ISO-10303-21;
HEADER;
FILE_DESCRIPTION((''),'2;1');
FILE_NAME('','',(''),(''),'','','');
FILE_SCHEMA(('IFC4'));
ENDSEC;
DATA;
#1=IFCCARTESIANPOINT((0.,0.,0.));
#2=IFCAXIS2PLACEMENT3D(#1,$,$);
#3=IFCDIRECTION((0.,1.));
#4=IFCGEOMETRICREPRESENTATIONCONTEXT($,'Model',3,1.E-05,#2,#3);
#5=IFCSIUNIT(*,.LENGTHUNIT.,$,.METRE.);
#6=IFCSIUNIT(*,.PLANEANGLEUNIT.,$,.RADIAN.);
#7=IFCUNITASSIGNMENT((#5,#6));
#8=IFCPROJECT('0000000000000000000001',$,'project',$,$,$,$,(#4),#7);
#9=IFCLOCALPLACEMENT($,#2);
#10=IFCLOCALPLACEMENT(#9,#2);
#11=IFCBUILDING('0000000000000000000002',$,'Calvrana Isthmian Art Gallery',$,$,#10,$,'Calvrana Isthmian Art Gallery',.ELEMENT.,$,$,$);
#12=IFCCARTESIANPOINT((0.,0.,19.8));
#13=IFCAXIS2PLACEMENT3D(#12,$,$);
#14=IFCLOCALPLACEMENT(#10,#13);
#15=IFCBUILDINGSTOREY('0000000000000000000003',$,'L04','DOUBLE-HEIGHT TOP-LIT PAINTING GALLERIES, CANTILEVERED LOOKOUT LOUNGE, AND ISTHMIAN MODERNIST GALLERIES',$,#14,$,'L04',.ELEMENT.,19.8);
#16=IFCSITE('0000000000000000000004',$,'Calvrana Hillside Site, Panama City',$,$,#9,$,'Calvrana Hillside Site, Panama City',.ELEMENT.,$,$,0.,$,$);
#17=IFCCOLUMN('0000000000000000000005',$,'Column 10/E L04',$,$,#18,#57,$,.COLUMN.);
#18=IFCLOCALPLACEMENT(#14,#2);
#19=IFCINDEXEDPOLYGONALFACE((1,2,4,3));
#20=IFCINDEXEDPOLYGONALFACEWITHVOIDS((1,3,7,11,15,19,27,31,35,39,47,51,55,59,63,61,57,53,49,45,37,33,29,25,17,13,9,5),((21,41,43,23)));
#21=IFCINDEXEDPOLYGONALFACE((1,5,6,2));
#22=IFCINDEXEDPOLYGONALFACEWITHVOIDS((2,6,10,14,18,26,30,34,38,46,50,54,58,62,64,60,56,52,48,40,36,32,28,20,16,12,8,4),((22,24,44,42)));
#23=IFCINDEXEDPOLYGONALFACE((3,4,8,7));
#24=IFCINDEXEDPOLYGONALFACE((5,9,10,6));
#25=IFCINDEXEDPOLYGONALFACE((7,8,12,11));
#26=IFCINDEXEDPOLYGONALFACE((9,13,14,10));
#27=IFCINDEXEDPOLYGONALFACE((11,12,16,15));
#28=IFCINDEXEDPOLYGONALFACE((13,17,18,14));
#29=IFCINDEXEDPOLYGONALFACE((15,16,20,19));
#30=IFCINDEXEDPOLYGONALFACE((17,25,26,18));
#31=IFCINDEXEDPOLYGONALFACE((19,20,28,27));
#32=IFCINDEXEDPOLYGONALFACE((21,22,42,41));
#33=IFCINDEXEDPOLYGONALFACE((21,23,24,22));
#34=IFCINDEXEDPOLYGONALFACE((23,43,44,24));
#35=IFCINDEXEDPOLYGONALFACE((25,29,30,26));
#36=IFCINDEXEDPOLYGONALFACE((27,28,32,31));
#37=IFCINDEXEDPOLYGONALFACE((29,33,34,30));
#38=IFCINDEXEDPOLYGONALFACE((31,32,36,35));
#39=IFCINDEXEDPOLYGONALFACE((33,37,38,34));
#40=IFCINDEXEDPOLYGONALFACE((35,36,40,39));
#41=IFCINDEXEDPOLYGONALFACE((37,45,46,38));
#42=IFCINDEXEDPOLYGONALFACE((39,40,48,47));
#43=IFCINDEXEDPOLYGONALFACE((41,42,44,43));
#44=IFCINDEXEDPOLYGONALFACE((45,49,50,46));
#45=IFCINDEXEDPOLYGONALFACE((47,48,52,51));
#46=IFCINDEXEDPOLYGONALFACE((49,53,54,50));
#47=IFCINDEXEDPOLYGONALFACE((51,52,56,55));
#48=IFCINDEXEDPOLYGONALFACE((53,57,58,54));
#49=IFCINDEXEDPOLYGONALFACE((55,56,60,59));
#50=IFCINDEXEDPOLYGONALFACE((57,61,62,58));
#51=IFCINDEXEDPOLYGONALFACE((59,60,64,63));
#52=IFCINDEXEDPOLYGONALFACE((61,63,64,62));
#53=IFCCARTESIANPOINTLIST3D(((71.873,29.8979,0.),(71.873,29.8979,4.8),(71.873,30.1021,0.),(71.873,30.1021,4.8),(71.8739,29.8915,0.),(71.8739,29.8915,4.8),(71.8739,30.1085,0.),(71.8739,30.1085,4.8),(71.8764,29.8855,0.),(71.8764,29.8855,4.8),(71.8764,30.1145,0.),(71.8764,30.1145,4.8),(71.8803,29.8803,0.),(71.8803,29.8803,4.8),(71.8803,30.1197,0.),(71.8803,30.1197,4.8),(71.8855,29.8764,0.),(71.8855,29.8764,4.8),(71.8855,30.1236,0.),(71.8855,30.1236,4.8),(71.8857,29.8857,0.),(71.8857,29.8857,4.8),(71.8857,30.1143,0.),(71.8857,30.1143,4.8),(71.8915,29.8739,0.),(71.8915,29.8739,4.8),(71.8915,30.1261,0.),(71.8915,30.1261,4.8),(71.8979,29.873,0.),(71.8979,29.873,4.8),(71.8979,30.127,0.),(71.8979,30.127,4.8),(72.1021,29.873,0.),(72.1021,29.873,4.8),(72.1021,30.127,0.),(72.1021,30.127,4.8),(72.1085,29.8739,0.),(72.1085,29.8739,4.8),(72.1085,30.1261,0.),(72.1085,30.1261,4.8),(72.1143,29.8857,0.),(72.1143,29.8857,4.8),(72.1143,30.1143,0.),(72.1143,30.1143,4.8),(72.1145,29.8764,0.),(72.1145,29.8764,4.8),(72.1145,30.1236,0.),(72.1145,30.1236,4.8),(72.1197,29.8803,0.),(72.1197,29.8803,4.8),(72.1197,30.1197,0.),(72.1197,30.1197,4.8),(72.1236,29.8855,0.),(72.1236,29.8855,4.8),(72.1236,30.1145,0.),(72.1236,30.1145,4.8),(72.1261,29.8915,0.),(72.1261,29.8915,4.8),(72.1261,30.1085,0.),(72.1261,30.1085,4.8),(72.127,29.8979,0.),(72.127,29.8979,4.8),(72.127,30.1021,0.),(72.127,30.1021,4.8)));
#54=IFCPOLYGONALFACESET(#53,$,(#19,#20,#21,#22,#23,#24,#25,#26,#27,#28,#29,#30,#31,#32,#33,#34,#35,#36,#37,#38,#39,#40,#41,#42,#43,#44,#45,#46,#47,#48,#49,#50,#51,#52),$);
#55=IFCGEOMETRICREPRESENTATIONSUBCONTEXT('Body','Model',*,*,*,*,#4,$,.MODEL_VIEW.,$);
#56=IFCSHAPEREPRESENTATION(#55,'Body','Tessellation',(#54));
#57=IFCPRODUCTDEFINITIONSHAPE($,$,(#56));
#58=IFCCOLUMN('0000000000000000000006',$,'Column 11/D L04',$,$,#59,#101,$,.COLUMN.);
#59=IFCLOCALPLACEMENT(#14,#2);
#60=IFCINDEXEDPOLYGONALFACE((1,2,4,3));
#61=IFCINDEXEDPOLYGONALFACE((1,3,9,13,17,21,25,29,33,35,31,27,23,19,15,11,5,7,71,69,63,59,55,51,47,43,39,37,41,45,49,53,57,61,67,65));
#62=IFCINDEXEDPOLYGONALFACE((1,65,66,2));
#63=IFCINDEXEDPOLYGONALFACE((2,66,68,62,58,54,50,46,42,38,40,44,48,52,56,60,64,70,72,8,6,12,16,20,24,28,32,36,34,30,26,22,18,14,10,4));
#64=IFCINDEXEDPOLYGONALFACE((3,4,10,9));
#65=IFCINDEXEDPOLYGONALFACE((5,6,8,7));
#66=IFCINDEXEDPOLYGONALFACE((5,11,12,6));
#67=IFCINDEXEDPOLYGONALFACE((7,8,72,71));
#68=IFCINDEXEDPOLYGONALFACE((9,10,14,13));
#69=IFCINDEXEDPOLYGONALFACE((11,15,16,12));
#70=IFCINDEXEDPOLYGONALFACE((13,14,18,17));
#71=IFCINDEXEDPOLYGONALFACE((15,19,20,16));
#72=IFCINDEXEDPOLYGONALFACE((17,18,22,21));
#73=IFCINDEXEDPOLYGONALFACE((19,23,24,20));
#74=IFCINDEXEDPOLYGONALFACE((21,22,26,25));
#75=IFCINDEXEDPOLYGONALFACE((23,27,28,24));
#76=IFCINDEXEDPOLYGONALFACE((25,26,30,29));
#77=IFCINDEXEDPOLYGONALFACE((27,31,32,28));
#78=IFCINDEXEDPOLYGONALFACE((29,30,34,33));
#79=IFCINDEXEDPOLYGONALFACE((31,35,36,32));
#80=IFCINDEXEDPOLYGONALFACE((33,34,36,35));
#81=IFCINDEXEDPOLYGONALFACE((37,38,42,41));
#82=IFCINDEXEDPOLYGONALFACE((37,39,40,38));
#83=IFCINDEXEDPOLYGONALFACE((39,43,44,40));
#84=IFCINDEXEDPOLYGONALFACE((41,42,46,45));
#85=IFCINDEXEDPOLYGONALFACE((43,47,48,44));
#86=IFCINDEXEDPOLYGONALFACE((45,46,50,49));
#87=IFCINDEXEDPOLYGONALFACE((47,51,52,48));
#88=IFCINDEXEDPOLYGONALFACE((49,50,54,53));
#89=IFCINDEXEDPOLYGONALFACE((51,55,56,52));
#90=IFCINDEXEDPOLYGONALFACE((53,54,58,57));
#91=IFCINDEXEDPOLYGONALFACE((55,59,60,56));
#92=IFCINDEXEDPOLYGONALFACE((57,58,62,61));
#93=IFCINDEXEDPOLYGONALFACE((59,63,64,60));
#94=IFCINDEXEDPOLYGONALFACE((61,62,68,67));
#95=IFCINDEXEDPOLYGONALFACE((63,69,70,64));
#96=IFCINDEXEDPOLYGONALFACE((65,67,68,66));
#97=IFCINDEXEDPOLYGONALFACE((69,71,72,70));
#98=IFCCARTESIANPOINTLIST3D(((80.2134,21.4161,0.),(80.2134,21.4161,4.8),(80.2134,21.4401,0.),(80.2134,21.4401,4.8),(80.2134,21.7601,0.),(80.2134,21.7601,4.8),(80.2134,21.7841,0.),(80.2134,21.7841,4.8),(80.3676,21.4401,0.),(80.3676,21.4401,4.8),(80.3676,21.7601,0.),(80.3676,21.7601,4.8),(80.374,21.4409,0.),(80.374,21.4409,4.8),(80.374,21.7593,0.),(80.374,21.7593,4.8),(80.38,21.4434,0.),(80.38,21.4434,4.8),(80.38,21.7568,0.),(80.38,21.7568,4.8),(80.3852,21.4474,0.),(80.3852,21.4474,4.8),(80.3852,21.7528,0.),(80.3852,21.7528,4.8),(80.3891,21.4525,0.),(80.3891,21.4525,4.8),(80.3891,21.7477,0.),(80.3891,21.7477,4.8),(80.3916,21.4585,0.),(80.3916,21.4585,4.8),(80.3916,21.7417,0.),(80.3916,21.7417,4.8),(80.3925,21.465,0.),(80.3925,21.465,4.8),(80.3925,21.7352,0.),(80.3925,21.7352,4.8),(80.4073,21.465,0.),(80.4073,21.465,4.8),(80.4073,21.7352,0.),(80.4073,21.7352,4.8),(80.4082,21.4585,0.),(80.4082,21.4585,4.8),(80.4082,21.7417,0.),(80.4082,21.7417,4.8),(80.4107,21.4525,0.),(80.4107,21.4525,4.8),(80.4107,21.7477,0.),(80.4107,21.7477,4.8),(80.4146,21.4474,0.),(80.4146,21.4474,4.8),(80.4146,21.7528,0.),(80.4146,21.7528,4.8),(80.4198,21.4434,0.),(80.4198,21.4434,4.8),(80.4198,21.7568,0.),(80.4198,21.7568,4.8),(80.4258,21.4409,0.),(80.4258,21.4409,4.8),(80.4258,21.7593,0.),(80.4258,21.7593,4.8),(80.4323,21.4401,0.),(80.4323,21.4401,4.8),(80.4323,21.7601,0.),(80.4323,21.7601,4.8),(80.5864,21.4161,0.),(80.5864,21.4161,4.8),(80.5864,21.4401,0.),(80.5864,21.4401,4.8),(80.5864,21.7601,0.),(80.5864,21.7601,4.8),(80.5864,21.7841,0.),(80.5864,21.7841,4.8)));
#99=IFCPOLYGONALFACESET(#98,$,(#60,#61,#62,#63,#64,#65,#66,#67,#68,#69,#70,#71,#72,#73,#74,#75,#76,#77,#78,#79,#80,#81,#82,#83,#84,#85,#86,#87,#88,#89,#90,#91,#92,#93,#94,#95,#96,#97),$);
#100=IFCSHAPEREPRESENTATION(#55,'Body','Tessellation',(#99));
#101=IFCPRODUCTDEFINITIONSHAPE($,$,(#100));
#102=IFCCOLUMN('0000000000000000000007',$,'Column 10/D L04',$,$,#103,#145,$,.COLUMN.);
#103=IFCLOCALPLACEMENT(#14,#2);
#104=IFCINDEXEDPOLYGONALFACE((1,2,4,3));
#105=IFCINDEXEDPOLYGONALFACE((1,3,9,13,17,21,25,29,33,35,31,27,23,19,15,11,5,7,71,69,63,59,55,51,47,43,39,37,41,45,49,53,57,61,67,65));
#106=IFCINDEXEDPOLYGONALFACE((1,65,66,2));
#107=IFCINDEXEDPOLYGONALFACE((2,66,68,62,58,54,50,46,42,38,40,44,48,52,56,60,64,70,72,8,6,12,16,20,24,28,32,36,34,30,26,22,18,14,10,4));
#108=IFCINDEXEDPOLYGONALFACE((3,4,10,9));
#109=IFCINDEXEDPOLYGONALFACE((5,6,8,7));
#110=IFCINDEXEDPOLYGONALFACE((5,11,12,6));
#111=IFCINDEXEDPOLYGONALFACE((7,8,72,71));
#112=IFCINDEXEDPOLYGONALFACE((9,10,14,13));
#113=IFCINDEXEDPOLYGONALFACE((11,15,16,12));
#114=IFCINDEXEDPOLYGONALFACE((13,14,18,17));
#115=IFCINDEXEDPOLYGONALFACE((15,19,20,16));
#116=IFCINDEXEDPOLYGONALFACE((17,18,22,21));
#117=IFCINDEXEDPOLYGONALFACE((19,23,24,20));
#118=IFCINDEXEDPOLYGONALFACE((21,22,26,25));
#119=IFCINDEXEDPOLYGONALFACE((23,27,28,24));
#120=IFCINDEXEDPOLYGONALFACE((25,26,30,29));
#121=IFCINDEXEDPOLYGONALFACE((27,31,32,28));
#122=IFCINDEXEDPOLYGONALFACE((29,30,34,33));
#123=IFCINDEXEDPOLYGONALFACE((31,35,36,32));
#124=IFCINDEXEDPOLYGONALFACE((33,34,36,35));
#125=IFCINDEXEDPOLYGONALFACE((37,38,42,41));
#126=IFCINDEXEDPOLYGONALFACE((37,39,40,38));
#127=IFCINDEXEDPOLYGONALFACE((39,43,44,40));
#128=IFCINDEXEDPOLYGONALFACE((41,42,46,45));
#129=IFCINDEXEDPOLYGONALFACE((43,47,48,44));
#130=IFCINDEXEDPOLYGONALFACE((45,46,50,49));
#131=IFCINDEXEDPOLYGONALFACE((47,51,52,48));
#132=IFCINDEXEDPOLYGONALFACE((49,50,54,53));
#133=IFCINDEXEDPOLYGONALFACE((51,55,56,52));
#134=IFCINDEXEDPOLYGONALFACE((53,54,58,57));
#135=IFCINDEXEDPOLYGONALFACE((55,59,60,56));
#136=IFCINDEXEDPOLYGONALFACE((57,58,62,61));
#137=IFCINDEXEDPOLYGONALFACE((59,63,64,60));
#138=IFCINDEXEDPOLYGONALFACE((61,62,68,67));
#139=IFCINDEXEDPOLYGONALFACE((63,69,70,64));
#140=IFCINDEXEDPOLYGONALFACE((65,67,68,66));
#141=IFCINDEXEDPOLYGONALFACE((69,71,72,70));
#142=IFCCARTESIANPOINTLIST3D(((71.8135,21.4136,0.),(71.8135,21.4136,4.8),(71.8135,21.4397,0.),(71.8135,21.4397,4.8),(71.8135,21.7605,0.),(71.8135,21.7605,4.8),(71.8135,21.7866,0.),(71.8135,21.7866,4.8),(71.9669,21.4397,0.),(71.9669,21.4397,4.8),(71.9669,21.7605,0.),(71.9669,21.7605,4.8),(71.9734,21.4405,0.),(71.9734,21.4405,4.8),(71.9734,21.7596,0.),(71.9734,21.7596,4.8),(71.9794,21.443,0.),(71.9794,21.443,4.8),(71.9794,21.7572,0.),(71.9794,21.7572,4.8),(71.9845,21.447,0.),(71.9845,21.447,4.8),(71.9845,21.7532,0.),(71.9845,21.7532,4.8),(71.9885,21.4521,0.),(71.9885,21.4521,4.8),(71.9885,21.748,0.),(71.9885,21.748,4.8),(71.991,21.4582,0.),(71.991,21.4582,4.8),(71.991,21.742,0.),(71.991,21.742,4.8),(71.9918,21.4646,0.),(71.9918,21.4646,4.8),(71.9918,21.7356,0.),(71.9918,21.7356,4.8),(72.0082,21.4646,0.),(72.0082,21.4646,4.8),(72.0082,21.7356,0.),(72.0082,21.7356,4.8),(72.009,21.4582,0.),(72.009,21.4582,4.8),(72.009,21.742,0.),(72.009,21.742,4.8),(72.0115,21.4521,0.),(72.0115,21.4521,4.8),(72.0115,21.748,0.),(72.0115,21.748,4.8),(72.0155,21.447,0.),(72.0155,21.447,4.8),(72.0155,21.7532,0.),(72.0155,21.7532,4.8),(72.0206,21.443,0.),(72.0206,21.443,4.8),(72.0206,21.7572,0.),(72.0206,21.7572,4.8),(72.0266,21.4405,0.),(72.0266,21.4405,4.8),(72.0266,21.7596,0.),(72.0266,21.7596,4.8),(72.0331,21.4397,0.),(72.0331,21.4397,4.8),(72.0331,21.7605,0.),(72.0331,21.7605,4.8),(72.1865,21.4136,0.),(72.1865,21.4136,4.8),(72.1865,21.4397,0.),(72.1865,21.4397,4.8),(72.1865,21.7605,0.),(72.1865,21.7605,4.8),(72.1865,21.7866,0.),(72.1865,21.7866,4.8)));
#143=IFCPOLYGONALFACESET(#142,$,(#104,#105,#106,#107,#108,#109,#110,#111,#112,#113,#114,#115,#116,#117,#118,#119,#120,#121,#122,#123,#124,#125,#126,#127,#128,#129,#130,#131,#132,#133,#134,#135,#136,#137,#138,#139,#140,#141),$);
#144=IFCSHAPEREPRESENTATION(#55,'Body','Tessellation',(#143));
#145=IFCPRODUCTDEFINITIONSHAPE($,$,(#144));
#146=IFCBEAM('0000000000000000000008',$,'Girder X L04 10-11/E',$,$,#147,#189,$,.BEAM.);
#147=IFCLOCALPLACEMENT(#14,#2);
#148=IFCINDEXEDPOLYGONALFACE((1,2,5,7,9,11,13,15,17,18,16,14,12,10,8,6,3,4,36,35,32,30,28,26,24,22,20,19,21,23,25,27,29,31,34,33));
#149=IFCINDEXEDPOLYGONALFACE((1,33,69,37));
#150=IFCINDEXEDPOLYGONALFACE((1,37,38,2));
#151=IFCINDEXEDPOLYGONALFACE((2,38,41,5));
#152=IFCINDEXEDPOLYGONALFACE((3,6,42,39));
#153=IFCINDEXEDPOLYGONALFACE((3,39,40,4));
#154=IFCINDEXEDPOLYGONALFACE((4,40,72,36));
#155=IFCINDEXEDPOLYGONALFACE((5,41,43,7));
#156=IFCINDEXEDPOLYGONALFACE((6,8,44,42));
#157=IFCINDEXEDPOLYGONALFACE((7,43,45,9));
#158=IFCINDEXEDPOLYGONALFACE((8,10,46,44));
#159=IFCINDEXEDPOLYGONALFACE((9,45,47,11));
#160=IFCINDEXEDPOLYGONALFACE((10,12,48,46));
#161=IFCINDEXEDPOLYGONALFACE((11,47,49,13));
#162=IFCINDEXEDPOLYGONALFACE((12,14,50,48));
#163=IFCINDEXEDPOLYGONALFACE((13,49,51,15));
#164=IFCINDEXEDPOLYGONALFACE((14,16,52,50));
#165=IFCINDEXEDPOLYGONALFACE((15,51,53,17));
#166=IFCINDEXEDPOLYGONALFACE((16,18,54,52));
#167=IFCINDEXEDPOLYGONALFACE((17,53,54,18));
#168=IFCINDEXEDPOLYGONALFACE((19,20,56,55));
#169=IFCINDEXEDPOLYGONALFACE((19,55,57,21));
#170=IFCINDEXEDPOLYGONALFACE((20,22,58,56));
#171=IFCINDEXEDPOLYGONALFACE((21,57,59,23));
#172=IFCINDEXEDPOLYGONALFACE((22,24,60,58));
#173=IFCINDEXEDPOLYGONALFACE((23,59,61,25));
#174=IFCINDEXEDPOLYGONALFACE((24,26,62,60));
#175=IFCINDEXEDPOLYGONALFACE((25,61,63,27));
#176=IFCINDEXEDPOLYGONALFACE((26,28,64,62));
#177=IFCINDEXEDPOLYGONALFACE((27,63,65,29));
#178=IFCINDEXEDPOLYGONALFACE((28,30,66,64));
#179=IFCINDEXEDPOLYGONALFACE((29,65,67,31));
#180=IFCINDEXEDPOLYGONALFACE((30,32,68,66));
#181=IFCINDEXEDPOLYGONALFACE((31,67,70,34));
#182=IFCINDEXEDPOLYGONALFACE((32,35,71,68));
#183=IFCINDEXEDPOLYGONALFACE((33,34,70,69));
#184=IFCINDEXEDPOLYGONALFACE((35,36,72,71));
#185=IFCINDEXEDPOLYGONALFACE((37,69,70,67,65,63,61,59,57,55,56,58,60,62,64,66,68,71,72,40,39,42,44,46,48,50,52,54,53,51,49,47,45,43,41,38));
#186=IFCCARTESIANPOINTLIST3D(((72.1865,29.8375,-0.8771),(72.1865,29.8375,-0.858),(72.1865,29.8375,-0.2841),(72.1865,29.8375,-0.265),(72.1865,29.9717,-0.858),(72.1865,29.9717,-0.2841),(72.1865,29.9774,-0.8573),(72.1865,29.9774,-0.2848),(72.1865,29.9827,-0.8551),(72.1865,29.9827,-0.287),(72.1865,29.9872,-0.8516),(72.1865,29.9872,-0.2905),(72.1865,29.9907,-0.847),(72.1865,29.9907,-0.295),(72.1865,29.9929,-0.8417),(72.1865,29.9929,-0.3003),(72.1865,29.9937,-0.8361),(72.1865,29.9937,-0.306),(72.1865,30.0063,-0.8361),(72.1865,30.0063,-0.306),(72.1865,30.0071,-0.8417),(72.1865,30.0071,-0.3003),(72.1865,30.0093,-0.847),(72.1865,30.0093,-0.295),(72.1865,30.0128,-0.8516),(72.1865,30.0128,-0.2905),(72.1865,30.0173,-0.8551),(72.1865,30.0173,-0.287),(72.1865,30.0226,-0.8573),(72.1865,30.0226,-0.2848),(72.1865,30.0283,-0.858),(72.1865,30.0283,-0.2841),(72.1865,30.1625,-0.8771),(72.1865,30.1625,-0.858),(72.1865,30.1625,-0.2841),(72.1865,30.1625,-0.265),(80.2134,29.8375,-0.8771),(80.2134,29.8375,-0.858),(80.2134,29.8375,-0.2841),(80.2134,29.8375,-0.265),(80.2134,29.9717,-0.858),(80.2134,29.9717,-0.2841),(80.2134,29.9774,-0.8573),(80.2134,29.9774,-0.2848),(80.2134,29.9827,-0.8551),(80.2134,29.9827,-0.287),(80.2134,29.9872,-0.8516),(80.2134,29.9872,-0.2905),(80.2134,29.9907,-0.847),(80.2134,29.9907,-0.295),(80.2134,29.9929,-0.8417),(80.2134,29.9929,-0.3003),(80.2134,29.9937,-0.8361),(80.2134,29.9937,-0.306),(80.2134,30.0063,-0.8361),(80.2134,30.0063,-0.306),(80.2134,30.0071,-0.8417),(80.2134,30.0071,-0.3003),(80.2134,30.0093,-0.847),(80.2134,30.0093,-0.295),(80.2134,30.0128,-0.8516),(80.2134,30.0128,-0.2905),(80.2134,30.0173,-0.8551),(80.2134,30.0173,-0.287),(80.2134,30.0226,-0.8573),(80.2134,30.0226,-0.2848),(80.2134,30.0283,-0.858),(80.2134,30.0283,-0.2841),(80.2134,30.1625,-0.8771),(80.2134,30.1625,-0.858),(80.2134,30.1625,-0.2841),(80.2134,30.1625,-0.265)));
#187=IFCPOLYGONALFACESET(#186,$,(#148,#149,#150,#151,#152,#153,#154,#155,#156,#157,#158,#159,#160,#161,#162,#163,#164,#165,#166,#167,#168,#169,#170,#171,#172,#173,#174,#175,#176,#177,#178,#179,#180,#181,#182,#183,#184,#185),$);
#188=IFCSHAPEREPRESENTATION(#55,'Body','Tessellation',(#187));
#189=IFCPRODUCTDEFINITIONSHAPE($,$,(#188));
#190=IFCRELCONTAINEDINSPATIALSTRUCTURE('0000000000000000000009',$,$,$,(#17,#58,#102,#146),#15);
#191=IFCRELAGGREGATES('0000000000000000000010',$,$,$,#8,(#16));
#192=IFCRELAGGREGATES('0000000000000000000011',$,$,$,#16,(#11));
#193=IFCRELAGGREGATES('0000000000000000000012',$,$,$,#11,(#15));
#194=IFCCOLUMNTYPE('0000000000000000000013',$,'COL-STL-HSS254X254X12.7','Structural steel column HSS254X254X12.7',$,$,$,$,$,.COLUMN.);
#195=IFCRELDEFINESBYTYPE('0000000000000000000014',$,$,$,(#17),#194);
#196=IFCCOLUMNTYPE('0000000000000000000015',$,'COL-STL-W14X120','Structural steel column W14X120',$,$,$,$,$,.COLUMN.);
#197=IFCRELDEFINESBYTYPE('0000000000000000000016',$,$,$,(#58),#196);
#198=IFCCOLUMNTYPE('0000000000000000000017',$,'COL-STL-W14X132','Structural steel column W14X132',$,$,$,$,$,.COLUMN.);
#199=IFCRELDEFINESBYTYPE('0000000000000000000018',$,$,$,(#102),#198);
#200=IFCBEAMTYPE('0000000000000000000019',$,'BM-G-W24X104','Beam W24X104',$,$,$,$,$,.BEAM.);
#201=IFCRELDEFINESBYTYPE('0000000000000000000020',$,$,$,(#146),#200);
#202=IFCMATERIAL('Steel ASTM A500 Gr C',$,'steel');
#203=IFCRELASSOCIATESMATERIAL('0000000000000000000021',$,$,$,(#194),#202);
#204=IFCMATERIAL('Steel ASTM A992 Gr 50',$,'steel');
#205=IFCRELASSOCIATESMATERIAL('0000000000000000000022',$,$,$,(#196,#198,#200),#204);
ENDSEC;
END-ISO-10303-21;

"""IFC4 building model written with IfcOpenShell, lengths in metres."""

from ifc_helpers import new_model, si_unit, direction, frame, origin, origin_2d, place, context, subcontext, project, spatial, hollow_rectangle, i_section, extrude, material, material_profile, profile_set, type_object, element, save


model = new_model("IFC4")

# Units and contexts
model_context = context("Model", 3, precision=1e-05, world=origin(), true_north=direction((0.0, 1.0)))
body_context = subcontext(model_context, "Body", "Model", "MODEL_VIEW")
ifc_project = project(units=[si_unit("LENGTHUNIT", "METRE"), si_unit("PLANEANGLEUNIT", "RADIAN")], contexts=[model_context])

# Site, building, storey
site_placement = place(None, origin())
site = spatial("IfcSite", under=ifc_project, at=site_placement, Name="Calvrana Hillside Site, Panama City", LongName="Calvrana Hillside Site, Panama City", CompositionType="ELEMENT", RefElevation=0.0)
building_placement = place(site_placement, origin())
building = spatial("IfcBuilding", under=site, at=building_placement, Name="Calvrana Isthmian Art Gallery", LongName="Calvrana Isthmian Art Gallery", CompositionType="ELEMENT")
storey_placement = place(building_placement, frame((0.0, 0.0, 19.8)))
storey = spatial("IfcBuildingStorey", under=building, at=storey_placement, Name="L04", Description="DOUBLE-HEIGHT TOP-LIT PAINTING GALLERIES, CANTILEVERED LOOKOUT LOUNGE, AND ISTHMIAN MODERNIST GALLERIES", LongName="L04", CompositionType="ELEMENT", Elevation=19.8)

# Columns
ifc_material_1 = material(Name="Steel ASTM A500 Gr C", Category="steel")
ifc_material_profile_1 = material_profile(ifc_material_1, hollow_rectangle(XDim=0.2539, YDim=0.2539, WallThickness=0.0127, OuterFilletRadius=0.0249, at=origin_2d()), Name="HSS254X254X12.7")
ifc_profile_set_1 = profile_set([ifc_material_profile_1], Name="Steel ASTM A500 Gr C")
column_type_1 = type_object("IfcColumnType", Name="COL-STL-HSS254X254X12.7", Description="Structural steel column HSS254X254X12.7", PredefinedType="COLUMN", material=ifc_profile_set_1)
column_1_placement = place(storey_placement, frame((72.0, 30.0, 0.0), z_axis=(0.0, 0.0, 1.0), x_axis=(1.0, 0.0, 0.0)))
element("IfcColumn", 1, at=column_1_placement, inside=storey, type_object=column_type_1, Name="Column 10/E L04", PredefinedType="COLUMN", context=body_context, shape_type="SweptSolid", body=[
    extrude(hollow_rectangle(XDim=0.2539, YDim=0.2539, WallThickness=0.0127, OuterFilletRadius=0.0249, at=origin_2d()), origin(), (0.0, 0.0, 1.0), 4.8),
])
ifc_material_2 = material(Name="Steel ASTM A992 Gr 50", Category="steel")
ifc_material_profile_2 = material_profile(ifc_material_2, i_section(OverallWidth=0.373, OverallDepth=0.3679, WebThickness=0.0149, FlangeThickness=0.0239, FilletRadius=0.0249, at=origin_2d()), Name="W14X120")
ifc_profile_set_2 = profile_set([ifc_material_profile_2], Name="Steel ASTM A992 Gr 50")
column_type_2 = type_object("IfcColumnType", Name="COL-STL-W14X120", Description="Structural steel column W14X120", PredefinedType="COLUMN", material=ifc_profile_set_2)
column_2_placement = place(storey_placement, frame((80.3999, 21.6001, 0.0), z_axis=(0.0, 0.0, 1.0), x_axis=(1.0, 0.0, 0.0)))
element("IfcColumn", 2, at=column_2_placement, inside=storey, type_object=column_type_2, Name="Column 11/D L04", PredefinedType="COLUMN", context=body_context, shape_type="SweptSolid", body=[
    extrude(i_section(OverallWidth=0.373, OverallDepth=0.3679, WebThickness=0.0149, FlangeThickness=0.0239, FilletRadius=0.0249, at=origin_2d()), origin(), (0.0, 0.0, 1.0), 4.8),
])
ifc_material_profile_3 = material_profile(ifc_material_2, i_section(OverallWidth=0.373, OverallDepth=0.373, WebThickness=0.0164, FlangeThickness=0.0261, FilletRadius=0.0249, at=origin_2d()), Name="W14X132")
ifc_profile_set_3 = profile_set([ifc_material_profile_3], Name="Steel ASTM A992 Gr 50")
column_type_3 = type_object("IfcColumnType", Name="COL-STL-W14X132", Description="Structural steel column W14X132", PredefinedType="COLUMN", material=ifc_profile_set_3)
column_3_placement = place(storey_placement, frame((72.0, 21.6001, 0.0), z_axis=(0.0, 0.0, 1.0), x_axis=(1.0, 0.0, 0.0)))
element("IfcColumn", 3, at=column_3_placement, inside=storey, type_object=column_type_3, Name="Column 10/D L04", PredefinedType="COLUMN", context=body_context, shape_type="SweptSolid", body=[
    extrude(i_section(OverallWidth=0.373, OverallDepth=0.373, WebThickness=0.0164, FlangeThickness=0.0261, FilletRadius=0.0249, at=origin_2d()), origin(), (0.0, 0.0, 1.0), 4.8),
])

# Beam
ifc_material_profile_4 = material_profile(ifc_material_2, i_section(OverallWidth=0.325, OverallDepth=0.6121, WebThickness=0.0127, FlangeThickness=0.019, FilletRadius=0.022, at=origin_2d()), Name="W24X104")
ifc_profile_set_4 = profile_set([ifc_material_profile_4], Name="Steel ASTM A992 Gr 50")
beam_type_1 = type_object("IfcBeamType", Name="BM-G-W24X104", Description="Beam W24X104", PredefinedType="BEAM", material=ifc_profile_set_4)
beam_1_placement = place(storey_placement, frame((72.1865, 30.0, -0.571), z_axis=(1.0, 0.0, 0.0), x_axis=(0.0, 1.0, 0.0)))
element("IfcBeam", 4, at=beam_1_placement, inside=storey, type_object=beam_type_1, Name="Girder X L04 10-11/E", PredefinedType="BEAM", context=body_context, shape_type="SweptSolid", body=[
    extrude(i_section(OverallWidth=0.325, OverallDepth=0.6121, WebThickness=0.0127, FlangeThickness=0.019, FilletRadius=0.022, at=origin_2d()), origin(), (0.0, 0.0, 1.0), 8.0269),
])

save(model, "model.ifc")
